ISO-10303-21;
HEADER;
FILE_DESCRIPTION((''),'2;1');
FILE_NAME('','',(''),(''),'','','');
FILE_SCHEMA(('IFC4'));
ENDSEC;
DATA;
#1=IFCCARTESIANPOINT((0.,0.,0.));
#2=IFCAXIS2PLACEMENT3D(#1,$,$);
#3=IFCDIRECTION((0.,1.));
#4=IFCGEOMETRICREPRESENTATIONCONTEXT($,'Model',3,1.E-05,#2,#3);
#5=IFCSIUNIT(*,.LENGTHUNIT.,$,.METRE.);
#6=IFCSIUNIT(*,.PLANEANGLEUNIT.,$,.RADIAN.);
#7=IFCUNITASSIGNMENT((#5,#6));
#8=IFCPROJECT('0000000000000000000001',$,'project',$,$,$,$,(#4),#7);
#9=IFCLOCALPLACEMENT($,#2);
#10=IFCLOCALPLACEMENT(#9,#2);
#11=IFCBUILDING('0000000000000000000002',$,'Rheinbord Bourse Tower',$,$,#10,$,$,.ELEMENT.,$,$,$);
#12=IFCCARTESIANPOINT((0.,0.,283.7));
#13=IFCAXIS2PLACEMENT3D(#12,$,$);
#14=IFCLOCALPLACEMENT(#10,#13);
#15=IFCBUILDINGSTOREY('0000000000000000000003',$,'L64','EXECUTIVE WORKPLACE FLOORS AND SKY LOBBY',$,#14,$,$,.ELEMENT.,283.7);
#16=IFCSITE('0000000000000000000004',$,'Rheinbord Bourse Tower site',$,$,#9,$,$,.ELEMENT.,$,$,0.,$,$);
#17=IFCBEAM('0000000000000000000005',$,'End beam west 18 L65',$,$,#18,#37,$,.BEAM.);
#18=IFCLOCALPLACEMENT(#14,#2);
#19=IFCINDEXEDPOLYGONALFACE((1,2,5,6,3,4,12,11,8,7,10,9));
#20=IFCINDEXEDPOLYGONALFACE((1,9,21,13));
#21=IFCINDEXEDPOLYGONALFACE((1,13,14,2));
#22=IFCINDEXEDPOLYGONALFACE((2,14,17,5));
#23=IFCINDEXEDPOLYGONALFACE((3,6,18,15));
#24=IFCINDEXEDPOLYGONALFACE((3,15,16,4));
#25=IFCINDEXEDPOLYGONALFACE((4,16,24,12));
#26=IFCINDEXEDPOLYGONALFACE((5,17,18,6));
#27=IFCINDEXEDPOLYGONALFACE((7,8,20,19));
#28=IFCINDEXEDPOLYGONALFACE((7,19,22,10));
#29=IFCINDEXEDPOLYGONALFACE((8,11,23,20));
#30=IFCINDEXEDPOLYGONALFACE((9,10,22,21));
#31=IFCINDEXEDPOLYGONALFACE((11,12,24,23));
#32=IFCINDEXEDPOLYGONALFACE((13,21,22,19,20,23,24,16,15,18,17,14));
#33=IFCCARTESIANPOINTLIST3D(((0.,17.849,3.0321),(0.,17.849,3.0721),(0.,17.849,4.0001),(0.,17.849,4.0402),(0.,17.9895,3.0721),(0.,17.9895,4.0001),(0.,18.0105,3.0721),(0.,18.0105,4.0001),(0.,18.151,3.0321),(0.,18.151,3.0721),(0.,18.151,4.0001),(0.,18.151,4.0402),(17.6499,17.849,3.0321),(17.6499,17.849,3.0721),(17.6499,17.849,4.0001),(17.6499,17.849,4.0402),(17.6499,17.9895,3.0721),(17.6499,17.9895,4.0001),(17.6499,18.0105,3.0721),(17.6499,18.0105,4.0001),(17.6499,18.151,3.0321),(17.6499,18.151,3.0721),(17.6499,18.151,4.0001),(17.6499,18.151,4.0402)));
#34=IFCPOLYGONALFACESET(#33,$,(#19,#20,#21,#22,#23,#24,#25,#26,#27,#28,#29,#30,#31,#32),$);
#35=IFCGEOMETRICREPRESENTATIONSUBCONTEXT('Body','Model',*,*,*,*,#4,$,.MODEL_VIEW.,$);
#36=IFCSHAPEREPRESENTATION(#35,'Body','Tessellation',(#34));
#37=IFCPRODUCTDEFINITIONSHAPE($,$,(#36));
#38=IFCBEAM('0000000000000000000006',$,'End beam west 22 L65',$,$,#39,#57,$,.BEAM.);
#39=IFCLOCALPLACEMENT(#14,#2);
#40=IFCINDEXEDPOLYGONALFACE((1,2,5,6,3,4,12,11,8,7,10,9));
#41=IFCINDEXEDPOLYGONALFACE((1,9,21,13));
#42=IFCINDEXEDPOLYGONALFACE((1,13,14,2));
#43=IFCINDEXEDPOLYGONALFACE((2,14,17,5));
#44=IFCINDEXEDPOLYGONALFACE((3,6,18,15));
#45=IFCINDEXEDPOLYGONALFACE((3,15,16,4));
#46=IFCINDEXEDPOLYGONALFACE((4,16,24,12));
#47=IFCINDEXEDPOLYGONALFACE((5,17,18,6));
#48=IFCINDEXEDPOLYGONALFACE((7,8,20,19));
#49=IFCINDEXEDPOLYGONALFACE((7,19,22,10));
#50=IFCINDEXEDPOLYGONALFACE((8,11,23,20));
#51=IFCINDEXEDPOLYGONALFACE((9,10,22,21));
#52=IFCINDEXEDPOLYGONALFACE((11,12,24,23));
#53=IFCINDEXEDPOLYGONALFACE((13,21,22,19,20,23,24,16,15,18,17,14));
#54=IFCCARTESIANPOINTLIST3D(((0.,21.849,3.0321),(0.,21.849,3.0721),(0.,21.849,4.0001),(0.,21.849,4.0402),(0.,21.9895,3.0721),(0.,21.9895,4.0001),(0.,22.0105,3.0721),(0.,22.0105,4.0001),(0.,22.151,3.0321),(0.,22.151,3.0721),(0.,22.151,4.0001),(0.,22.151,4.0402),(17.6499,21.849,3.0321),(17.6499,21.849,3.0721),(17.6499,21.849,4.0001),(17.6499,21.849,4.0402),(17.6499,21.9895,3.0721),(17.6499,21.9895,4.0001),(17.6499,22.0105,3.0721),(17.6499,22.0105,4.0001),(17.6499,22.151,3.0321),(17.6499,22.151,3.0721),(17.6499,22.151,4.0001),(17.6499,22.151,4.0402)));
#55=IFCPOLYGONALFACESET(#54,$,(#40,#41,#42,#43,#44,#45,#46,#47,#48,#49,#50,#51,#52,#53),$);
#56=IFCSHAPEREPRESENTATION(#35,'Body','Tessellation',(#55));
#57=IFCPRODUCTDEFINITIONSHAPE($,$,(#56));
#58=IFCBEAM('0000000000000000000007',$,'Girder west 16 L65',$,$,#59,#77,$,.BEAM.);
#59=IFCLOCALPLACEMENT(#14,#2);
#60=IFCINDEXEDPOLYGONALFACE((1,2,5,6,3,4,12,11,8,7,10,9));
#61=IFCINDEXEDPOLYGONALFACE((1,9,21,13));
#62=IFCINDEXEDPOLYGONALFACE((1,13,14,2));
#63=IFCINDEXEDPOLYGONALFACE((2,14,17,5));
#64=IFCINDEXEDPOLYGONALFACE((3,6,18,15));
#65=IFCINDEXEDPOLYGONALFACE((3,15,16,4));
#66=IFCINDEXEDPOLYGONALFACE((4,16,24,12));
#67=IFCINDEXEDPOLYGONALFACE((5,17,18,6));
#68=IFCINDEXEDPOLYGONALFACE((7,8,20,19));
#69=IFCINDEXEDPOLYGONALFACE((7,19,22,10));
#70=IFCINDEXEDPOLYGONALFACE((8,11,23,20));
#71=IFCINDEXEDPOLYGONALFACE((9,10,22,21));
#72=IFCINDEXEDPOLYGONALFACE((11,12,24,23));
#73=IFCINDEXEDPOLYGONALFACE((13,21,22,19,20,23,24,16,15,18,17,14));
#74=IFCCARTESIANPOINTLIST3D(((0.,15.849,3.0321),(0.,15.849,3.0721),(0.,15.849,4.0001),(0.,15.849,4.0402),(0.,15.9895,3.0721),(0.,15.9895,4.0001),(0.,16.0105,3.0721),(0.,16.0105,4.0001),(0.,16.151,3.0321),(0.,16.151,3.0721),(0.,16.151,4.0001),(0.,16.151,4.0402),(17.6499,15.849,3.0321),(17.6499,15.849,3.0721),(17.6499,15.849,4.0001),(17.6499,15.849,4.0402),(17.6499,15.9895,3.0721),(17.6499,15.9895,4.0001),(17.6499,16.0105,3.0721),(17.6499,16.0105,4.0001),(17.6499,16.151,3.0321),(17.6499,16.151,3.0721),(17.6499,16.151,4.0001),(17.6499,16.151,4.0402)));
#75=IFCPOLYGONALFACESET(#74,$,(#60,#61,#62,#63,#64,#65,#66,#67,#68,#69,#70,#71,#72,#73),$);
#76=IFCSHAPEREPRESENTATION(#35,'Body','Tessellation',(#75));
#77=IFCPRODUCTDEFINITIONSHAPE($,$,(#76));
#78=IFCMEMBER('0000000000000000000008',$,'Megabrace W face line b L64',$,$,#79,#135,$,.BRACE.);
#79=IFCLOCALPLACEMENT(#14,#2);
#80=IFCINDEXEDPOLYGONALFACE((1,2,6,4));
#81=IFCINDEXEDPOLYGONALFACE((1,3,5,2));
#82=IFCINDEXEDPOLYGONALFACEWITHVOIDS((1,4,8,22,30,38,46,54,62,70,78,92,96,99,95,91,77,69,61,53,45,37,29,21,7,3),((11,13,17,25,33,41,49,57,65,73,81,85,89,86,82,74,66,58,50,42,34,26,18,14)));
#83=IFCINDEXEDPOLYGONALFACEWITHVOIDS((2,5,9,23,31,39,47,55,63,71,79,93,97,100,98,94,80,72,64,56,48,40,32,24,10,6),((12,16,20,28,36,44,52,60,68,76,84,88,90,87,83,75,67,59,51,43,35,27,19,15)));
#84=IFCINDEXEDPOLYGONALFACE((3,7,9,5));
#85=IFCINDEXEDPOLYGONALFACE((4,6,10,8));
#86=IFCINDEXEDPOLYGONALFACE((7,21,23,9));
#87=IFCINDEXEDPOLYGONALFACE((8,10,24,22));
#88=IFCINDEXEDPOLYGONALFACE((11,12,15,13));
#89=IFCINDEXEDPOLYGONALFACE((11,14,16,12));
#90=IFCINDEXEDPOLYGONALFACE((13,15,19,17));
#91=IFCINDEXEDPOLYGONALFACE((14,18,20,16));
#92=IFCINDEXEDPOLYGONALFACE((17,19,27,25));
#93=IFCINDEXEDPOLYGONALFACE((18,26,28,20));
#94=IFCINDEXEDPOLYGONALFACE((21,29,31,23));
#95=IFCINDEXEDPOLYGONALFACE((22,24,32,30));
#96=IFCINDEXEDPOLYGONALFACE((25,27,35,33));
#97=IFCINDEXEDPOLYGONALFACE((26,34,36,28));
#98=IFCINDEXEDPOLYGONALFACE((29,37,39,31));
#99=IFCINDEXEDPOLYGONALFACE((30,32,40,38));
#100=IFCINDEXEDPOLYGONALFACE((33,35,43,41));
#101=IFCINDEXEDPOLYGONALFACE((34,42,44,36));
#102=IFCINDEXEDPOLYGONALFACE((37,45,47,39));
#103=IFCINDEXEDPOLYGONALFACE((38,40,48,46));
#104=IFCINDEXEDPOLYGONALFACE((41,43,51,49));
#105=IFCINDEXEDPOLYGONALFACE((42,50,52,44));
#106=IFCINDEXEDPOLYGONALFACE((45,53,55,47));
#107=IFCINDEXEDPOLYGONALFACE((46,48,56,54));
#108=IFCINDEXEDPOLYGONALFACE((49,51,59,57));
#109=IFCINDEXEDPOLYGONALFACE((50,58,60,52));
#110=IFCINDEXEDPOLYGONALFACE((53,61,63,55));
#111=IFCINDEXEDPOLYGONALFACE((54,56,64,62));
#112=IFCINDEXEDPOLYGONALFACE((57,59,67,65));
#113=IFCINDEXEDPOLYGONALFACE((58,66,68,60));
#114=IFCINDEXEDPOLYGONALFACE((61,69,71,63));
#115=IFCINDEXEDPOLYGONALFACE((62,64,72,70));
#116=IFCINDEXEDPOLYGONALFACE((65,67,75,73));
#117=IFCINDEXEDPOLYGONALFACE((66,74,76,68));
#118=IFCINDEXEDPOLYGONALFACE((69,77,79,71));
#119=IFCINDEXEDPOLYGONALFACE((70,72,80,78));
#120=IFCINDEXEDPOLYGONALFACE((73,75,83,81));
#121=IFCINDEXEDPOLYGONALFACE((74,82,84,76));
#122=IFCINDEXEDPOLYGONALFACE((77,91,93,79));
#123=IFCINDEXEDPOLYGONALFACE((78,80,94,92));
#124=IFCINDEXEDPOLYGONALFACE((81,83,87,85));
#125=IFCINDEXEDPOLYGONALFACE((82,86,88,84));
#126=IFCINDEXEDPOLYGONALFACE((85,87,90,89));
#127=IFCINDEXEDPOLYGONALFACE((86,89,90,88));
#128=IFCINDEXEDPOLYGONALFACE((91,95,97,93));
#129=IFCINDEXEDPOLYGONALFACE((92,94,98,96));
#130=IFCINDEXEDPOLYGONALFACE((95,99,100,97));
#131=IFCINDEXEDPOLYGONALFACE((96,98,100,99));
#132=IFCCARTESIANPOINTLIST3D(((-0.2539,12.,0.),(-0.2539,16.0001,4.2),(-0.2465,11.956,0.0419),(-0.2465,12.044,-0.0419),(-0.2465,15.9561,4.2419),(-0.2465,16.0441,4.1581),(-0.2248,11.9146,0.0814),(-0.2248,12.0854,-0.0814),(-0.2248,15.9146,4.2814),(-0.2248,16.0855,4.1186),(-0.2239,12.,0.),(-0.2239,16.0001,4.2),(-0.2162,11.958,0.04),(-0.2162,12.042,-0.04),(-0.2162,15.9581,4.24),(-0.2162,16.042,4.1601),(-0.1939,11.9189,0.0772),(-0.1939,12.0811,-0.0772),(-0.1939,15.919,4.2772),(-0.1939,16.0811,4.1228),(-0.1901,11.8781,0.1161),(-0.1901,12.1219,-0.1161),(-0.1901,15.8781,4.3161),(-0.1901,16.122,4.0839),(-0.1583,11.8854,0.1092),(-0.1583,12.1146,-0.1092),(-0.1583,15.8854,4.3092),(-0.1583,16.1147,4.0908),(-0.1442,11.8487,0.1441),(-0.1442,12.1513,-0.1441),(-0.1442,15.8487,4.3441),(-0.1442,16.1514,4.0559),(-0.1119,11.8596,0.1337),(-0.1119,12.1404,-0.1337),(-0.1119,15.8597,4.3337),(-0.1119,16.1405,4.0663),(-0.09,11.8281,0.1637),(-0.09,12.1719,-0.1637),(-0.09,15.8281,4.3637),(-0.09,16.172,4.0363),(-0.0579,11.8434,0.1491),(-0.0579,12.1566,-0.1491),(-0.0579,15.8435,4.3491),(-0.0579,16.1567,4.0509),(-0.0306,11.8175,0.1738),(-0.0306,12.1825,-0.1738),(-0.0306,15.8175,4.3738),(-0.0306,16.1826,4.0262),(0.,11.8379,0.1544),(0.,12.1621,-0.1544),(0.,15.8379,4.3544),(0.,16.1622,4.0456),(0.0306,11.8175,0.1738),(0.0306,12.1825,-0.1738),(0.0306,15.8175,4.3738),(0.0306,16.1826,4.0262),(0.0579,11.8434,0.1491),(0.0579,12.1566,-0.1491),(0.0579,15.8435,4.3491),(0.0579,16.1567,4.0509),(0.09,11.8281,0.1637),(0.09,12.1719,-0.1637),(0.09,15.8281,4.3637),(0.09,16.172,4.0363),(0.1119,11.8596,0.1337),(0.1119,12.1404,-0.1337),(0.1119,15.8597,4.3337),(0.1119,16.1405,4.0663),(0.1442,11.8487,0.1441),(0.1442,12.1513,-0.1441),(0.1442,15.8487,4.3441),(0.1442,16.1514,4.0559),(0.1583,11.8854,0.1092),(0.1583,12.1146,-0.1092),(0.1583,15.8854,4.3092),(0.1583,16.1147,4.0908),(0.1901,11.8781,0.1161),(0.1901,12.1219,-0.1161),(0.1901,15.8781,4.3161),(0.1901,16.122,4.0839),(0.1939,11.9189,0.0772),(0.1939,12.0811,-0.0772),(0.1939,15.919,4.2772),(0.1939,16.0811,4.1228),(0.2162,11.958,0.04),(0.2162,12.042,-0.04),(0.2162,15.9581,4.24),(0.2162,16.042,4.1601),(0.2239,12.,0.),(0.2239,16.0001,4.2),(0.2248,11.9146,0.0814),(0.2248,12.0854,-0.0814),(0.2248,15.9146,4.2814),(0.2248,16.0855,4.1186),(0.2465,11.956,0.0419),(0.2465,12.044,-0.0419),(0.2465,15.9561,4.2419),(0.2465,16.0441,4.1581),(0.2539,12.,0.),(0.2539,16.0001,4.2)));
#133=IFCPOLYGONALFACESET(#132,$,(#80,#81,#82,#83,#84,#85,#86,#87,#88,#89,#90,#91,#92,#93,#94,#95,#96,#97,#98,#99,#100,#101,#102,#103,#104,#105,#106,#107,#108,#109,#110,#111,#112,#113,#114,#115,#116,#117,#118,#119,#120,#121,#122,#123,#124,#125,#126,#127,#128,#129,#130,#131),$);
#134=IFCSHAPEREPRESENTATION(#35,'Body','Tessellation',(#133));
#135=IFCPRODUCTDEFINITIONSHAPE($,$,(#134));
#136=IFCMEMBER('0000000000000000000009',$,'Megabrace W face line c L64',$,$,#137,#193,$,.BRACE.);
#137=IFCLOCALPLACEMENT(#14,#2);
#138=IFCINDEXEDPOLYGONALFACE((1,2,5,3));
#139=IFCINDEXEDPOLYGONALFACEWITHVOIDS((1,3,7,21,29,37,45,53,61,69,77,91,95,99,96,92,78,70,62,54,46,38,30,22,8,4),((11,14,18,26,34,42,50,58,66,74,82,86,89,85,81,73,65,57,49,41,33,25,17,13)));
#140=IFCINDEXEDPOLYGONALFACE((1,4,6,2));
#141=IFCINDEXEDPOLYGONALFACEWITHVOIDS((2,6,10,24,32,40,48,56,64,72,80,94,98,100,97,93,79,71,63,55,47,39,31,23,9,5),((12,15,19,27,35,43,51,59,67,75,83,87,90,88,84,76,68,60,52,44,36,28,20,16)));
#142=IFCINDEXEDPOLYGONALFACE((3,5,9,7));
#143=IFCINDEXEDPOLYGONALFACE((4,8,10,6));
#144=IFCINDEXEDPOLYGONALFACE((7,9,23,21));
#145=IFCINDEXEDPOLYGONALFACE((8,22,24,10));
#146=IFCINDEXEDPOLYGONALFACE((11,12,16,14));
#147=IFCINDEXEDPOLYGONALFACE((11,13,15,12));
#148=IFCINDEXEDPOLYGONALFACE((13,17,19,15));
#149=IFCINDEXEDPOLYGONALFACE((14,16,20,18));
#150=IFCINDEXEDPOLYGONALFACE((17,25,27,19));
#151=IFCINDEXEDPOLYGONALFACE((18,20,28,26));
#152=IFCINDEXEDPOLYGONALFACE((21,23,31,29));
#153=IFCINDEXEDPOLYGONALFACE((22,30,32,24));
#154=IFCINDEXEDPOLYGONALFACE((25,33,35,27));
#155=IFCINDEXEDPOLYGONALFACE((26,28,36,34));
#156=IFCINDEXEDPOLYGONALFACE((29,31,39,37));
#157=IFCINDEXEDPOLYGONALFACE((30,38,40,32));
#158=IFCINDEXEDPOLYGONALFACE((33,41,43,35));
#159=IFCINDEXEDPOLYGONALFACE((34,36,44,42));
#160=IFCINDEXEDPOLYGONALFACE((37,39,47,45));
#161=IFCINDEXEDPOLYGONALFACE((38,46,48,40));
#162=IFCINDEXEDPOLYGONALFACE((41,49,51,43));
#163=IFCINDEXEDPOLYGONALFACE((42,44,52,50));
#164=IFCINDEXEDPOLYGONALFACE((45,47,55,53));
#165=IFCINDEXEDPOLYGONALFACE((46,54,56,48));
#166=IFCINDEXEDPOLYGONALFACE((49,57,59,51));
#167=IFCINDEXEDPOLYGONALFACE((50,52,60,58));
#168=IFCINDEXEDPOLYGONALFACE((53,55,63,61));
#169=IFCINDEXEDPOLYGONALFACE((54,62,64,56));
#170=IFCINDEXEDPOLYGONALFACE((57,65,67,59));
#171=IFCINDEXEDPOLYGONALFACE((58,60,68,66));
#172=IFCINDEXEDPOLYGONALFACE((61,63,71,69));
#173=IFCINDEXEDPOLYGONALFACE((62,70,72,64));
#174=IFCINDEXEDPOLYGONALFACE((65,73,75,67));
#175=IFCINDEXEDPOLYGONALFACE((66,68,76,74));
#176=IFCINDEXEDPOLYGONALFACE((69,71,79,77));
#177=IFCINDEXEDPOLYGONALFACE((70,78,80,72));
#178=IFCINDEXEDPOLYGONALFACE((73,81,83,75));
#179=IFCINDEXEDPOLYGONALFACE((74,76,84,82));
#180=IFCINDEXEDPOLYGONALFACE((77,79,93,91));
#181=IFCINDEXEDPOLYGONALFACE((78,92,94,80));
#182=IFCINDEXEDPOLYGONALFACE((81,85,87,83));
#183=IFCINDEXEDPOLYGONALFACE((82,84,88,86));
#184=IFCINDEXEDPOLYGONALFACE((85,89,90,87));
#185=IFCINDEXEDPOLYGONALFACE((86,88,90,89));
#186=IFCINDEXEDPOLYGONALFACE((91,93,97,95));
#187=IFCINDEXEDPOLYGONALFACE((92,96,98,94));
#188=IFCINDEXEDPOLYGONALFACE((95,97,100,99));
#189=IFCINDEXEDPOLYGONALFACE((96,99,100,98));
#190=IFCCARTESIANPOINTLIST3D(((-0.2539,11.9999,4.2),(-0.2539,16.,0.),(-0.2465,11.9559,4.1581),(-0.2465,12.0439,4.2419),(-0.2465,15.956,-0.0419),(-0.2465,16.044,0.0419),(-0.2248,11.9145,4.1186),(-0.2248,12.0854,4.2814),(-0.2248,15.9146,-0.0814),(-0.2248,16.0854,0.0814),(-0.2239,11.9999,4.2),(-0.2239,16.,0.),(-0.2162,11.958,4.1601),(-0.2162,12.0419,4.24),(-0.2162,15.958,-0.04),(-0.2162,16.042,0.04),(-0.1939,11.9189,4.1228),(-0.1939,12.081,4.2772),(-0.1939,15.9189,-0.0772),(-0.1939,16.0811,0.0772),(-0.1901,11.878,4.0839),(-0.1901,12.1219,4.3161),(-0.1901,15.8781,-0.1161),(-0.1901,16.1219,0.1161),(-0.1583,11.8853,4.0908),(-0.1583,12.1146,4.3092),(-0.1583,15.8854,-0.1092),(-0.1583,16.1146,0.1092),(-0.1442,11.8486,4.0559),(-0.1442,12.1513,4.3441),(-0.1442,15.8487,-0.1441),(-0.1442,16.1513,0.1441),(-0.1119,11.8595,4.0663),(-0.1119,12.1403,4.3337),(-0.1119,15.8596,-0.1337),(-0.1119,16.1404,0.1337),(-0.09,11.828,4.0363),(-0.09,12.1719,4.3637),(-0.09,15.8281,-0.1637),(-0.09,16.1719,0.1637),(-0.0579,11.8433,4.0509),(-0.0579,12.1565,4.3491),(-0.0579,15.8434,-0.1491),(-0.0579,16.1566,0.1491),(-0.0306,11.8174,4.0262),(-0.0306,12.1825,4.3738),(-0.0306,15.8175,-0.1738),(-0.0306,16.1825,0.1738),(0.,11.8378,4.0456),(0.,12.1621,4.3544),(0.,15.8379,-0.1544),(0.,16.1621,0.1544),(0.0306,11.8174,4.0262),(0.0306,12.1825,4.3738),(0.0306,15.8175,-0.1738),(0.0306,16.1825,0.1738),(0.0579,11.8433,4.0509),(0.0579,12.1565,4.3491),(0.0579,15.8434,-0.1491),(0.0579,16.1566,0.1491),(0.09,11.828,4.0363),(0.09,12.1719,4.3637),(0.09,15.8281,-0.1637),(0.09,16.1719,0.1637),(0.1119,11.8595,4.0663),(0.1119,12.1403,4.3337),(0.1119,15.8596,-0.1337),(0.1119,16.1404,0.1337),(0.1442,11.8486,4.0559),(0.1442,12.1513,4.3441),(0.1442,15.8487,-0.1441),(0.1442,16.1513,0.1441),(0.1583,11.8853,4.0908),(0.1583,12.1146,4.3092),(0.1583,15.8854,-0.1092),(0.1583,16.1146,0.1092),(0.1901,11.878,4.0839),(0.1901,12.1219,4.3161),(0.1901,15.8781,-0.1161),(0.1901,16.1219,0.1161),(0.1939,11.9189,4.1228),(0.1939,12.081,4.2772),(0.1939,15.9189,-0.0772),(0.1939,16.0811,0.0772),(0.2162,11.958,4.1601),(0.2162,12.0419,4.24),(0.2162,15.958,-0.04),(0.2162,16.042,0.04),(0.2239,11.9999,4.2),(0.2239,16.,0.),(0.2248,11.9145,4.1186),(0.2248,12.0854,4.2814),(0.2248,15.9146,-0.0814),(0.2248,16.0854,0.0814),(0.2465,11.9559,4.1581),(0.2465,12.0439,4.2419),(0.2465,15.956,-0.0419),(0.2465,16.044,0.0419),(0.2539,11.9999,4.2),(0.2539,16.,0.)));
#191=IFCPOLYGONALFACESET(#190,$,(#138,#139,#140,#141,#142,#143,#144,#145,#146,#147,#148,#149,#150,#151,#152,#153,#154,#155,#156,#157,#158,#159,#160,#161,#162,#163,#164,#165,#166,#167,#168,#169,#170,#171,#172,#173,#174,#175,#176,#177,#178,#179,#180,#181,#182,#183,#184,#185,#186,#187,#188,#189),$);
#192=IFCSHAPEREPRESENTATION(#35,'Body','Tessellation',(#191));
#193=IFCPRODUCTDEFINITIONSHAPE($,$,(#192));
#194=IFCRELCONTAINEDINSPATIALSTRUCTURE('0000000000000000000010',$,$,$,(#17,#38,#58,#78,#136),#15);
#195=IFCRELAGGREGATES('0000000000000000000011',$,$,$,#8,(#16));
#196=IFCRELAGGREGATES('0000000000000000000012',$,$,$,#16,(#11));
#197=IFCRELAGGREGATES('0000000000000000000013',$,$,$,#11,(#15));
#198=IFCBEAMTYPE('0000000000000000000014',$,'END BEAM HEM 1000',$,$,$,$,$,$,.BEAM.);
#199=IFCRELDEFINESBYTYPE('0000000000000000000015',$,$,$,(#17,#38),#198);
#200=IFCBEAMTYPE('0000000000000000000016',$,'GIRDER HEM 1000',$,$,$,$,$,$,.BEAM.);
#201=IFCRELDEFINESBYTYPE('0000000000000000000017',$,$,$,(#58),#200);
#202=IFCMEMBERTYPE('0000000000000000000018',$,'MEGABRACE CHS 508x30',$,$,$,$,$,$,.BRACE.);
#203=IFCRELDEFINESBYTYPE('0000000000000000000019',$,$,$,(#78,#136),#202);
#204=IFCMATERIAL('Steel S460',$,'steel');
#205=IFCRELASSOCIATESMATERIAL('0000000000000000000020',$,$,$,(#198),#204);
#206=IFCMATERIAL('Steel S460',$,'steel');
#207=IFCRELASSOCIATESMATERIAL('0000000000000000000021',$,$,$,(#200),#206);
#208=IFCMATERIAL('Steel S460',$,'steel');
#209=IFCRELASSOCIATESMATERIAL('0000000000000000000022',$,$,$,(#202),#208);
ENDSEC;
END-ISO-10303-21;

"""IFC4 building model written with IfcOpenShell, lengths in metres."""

from ifc_helpers import new_model, si_unit, direction, frame, origin, origin_2d, place, context, subcontext, project, spatial, hollow_circle, i_section, extrude, material, material_profile, profile_set, type_object, element, save


model = new_model("IFC4")

# Units and contexts
model_context = context("Model", 3, precision=1e-05, world=origin(), true_north=direction((0.0, 1.0)))
body_context = subcontext(model_context, "Body", "Model", "MODEL_VIEW")
ifc_project = project(units=[si_unit("LENGTHUNIT", "METRE"), si_unit("PLANEANGLEUNIT", "RADIAN")], contexts=[model_context])

# Site, building, storey
site_placement = place(None, origin())
site = spatial("IfcSite", under=ifc_project, at=site_placement, Name="Rheinbord Bourse Tower site", CompositionType="ELEMENT", RefElevation=0.0)
building_placement = place(site_placement, origin())
building = spatial("IfcBuilding", under=site, at=building_placement, Name="Rheinbord Bourse Tower", CompositionType="ELEMENT")
storey_placement = place(building_placement, frame((0.0, 0.0, 283.7)))
storey = spatial("IfcBuildingStorey", under=building, at=storey_placement, Name="L64", Description="EXECUTIVE WORKPLACE FLOORS AND SKY LOBBY", CompositionType="ELEMENT", Elevation=283.7)

# Beams
ifc_material_1 = material(Name="Steel S460", Category="steel")
ifc_material_profile_1 = material_profile(ifc_material_1, i_section(OverallWidth=0.302, OverallDepth=1.0081, WebThickness=0.021, FlangeThickness=0.04, at=origin_2d()), Name="HEM 1000")
ifc_profile_set_1 = profile_set([ifc_material_profile_1], Name="Steel S460")
beam_type_1 = type_object("IfcBeamType", Name="END BEAM HEM 1000", PredefinedType="BEAM", material=ifc_profile_set_1)
for number, where, z_axis, x_axis, name in (
    (1, (0.0, 18.0, 3.5361), (1.0, 0.0, 0.0), (0.0, 1.0, 0.0), "End beam west 18 L65"),
    (2, (0.0, 22.0, 3.5361), (1.0, 0.0, 0.0), (0.0, 1.0, 0.0), "End beam west 22 L65"),
):
    element("IfcBeam", number, at=place(storey_placement, frame(where, z_axis=z_axis, x_axis=x_axis)), inside=storey, type_object=beam_type_1, Name=name, PredefinedType="BEAM", context=body_context, shape_type="SweptSolid", body=[
        extrude(i_section(OverallWidth=0.302, OverallDepth=1.0081, WebThickness=0.021, FlangeThickness=0.04, at=origin_2d()), origin(), (0.0, 0.0, 1.0), 17.6499),
    ])
ifc_material_2 = material(Name="Steel S460", Category="steel")
ifc_material_profile_2 = material_profile(ifc_material_2, i_section(OverallWidth=0.302, OverallDepth=1.0081, WebThickness=0.021, FlangeThickness=0.04, at=origin_2d()), Name="HEM 1000")
ifc_profile_set_2 = profile_set([ifc_material_profile_2], Name="Steel S460")
beam_type_2 = type_object("IfcBeamType", Name="GIRDER HEM 1000", PredefinedType="BEAM", material=ifc_profile_set_2)
beam_1_placement = place(storey_placement, frame((0.0, 16.0, 3.5361), z_axis=(1.0, 0.0, 0.0), x_axis=(0.0, 1.0, 0.0)))
element("IfcBeam", 3, at=beam_1_placement, inside=storey, type_object=beam_type_2, Name="Girder west 16 L65", PredefinedType="BEAM", context=body_context, shape_type="SweptSolid", body=[
    extrude(i_section(OverallWidth=0.302, OverallDepth=1.0081, WebThickness=0.021, FlangeThickness=0.04, at=origin_2d()), origin(), (0.0, 0.0, 1.0), 17.6499),
])

# Members
ifc_material_3 = material(Name="Steel S460", Category="steel")
ifc_material_profile_3 = material_profile(ifc_material_3, hollow_circle(Radius=0.2539, WallThickness=0.03, at=origin_2d()), Name="CHS 508x30")
ifc_profile_set_3 = profile_set([ifc_material_profile_3], Name="Steel S460")
member_type_1 = type_object("IfcMemberType", Name="MEGABRACE CHS 508x30", PredefinedType="BRACE", material=ifc_profile_set_3)
for number, where, z_axis, x_axis, name in (
    (4, (0.0, 12.0, 0.0), (0.0, 0.689659, 0.724134), (-1.0, 0.0, 0.0), "Megabrace W face line b L64"),
    (5, (0.0, 16.0, 0.0), (0.0, -0.689659, 0.724134), (1.0, 0.0, 0.0), "Megabrace W face line c L64"),
):
    element("IfcMember", number, at=place(storey_placement, frame(where, z_axis=z_axis, x_axis=x_axis)), inside=storey, type_object=member_type_1, Name=name, PredefinedType="BRACE", context=body_context, shape_type="SweptSolid", body=[
        extrude(hollow_circle(Radius=0.2539, WallThickness=0.03, at=origin_2d()), origin(), (0.0, 0.0, 1.0), 5.8),
    ])

save(model, "model.ifc")
